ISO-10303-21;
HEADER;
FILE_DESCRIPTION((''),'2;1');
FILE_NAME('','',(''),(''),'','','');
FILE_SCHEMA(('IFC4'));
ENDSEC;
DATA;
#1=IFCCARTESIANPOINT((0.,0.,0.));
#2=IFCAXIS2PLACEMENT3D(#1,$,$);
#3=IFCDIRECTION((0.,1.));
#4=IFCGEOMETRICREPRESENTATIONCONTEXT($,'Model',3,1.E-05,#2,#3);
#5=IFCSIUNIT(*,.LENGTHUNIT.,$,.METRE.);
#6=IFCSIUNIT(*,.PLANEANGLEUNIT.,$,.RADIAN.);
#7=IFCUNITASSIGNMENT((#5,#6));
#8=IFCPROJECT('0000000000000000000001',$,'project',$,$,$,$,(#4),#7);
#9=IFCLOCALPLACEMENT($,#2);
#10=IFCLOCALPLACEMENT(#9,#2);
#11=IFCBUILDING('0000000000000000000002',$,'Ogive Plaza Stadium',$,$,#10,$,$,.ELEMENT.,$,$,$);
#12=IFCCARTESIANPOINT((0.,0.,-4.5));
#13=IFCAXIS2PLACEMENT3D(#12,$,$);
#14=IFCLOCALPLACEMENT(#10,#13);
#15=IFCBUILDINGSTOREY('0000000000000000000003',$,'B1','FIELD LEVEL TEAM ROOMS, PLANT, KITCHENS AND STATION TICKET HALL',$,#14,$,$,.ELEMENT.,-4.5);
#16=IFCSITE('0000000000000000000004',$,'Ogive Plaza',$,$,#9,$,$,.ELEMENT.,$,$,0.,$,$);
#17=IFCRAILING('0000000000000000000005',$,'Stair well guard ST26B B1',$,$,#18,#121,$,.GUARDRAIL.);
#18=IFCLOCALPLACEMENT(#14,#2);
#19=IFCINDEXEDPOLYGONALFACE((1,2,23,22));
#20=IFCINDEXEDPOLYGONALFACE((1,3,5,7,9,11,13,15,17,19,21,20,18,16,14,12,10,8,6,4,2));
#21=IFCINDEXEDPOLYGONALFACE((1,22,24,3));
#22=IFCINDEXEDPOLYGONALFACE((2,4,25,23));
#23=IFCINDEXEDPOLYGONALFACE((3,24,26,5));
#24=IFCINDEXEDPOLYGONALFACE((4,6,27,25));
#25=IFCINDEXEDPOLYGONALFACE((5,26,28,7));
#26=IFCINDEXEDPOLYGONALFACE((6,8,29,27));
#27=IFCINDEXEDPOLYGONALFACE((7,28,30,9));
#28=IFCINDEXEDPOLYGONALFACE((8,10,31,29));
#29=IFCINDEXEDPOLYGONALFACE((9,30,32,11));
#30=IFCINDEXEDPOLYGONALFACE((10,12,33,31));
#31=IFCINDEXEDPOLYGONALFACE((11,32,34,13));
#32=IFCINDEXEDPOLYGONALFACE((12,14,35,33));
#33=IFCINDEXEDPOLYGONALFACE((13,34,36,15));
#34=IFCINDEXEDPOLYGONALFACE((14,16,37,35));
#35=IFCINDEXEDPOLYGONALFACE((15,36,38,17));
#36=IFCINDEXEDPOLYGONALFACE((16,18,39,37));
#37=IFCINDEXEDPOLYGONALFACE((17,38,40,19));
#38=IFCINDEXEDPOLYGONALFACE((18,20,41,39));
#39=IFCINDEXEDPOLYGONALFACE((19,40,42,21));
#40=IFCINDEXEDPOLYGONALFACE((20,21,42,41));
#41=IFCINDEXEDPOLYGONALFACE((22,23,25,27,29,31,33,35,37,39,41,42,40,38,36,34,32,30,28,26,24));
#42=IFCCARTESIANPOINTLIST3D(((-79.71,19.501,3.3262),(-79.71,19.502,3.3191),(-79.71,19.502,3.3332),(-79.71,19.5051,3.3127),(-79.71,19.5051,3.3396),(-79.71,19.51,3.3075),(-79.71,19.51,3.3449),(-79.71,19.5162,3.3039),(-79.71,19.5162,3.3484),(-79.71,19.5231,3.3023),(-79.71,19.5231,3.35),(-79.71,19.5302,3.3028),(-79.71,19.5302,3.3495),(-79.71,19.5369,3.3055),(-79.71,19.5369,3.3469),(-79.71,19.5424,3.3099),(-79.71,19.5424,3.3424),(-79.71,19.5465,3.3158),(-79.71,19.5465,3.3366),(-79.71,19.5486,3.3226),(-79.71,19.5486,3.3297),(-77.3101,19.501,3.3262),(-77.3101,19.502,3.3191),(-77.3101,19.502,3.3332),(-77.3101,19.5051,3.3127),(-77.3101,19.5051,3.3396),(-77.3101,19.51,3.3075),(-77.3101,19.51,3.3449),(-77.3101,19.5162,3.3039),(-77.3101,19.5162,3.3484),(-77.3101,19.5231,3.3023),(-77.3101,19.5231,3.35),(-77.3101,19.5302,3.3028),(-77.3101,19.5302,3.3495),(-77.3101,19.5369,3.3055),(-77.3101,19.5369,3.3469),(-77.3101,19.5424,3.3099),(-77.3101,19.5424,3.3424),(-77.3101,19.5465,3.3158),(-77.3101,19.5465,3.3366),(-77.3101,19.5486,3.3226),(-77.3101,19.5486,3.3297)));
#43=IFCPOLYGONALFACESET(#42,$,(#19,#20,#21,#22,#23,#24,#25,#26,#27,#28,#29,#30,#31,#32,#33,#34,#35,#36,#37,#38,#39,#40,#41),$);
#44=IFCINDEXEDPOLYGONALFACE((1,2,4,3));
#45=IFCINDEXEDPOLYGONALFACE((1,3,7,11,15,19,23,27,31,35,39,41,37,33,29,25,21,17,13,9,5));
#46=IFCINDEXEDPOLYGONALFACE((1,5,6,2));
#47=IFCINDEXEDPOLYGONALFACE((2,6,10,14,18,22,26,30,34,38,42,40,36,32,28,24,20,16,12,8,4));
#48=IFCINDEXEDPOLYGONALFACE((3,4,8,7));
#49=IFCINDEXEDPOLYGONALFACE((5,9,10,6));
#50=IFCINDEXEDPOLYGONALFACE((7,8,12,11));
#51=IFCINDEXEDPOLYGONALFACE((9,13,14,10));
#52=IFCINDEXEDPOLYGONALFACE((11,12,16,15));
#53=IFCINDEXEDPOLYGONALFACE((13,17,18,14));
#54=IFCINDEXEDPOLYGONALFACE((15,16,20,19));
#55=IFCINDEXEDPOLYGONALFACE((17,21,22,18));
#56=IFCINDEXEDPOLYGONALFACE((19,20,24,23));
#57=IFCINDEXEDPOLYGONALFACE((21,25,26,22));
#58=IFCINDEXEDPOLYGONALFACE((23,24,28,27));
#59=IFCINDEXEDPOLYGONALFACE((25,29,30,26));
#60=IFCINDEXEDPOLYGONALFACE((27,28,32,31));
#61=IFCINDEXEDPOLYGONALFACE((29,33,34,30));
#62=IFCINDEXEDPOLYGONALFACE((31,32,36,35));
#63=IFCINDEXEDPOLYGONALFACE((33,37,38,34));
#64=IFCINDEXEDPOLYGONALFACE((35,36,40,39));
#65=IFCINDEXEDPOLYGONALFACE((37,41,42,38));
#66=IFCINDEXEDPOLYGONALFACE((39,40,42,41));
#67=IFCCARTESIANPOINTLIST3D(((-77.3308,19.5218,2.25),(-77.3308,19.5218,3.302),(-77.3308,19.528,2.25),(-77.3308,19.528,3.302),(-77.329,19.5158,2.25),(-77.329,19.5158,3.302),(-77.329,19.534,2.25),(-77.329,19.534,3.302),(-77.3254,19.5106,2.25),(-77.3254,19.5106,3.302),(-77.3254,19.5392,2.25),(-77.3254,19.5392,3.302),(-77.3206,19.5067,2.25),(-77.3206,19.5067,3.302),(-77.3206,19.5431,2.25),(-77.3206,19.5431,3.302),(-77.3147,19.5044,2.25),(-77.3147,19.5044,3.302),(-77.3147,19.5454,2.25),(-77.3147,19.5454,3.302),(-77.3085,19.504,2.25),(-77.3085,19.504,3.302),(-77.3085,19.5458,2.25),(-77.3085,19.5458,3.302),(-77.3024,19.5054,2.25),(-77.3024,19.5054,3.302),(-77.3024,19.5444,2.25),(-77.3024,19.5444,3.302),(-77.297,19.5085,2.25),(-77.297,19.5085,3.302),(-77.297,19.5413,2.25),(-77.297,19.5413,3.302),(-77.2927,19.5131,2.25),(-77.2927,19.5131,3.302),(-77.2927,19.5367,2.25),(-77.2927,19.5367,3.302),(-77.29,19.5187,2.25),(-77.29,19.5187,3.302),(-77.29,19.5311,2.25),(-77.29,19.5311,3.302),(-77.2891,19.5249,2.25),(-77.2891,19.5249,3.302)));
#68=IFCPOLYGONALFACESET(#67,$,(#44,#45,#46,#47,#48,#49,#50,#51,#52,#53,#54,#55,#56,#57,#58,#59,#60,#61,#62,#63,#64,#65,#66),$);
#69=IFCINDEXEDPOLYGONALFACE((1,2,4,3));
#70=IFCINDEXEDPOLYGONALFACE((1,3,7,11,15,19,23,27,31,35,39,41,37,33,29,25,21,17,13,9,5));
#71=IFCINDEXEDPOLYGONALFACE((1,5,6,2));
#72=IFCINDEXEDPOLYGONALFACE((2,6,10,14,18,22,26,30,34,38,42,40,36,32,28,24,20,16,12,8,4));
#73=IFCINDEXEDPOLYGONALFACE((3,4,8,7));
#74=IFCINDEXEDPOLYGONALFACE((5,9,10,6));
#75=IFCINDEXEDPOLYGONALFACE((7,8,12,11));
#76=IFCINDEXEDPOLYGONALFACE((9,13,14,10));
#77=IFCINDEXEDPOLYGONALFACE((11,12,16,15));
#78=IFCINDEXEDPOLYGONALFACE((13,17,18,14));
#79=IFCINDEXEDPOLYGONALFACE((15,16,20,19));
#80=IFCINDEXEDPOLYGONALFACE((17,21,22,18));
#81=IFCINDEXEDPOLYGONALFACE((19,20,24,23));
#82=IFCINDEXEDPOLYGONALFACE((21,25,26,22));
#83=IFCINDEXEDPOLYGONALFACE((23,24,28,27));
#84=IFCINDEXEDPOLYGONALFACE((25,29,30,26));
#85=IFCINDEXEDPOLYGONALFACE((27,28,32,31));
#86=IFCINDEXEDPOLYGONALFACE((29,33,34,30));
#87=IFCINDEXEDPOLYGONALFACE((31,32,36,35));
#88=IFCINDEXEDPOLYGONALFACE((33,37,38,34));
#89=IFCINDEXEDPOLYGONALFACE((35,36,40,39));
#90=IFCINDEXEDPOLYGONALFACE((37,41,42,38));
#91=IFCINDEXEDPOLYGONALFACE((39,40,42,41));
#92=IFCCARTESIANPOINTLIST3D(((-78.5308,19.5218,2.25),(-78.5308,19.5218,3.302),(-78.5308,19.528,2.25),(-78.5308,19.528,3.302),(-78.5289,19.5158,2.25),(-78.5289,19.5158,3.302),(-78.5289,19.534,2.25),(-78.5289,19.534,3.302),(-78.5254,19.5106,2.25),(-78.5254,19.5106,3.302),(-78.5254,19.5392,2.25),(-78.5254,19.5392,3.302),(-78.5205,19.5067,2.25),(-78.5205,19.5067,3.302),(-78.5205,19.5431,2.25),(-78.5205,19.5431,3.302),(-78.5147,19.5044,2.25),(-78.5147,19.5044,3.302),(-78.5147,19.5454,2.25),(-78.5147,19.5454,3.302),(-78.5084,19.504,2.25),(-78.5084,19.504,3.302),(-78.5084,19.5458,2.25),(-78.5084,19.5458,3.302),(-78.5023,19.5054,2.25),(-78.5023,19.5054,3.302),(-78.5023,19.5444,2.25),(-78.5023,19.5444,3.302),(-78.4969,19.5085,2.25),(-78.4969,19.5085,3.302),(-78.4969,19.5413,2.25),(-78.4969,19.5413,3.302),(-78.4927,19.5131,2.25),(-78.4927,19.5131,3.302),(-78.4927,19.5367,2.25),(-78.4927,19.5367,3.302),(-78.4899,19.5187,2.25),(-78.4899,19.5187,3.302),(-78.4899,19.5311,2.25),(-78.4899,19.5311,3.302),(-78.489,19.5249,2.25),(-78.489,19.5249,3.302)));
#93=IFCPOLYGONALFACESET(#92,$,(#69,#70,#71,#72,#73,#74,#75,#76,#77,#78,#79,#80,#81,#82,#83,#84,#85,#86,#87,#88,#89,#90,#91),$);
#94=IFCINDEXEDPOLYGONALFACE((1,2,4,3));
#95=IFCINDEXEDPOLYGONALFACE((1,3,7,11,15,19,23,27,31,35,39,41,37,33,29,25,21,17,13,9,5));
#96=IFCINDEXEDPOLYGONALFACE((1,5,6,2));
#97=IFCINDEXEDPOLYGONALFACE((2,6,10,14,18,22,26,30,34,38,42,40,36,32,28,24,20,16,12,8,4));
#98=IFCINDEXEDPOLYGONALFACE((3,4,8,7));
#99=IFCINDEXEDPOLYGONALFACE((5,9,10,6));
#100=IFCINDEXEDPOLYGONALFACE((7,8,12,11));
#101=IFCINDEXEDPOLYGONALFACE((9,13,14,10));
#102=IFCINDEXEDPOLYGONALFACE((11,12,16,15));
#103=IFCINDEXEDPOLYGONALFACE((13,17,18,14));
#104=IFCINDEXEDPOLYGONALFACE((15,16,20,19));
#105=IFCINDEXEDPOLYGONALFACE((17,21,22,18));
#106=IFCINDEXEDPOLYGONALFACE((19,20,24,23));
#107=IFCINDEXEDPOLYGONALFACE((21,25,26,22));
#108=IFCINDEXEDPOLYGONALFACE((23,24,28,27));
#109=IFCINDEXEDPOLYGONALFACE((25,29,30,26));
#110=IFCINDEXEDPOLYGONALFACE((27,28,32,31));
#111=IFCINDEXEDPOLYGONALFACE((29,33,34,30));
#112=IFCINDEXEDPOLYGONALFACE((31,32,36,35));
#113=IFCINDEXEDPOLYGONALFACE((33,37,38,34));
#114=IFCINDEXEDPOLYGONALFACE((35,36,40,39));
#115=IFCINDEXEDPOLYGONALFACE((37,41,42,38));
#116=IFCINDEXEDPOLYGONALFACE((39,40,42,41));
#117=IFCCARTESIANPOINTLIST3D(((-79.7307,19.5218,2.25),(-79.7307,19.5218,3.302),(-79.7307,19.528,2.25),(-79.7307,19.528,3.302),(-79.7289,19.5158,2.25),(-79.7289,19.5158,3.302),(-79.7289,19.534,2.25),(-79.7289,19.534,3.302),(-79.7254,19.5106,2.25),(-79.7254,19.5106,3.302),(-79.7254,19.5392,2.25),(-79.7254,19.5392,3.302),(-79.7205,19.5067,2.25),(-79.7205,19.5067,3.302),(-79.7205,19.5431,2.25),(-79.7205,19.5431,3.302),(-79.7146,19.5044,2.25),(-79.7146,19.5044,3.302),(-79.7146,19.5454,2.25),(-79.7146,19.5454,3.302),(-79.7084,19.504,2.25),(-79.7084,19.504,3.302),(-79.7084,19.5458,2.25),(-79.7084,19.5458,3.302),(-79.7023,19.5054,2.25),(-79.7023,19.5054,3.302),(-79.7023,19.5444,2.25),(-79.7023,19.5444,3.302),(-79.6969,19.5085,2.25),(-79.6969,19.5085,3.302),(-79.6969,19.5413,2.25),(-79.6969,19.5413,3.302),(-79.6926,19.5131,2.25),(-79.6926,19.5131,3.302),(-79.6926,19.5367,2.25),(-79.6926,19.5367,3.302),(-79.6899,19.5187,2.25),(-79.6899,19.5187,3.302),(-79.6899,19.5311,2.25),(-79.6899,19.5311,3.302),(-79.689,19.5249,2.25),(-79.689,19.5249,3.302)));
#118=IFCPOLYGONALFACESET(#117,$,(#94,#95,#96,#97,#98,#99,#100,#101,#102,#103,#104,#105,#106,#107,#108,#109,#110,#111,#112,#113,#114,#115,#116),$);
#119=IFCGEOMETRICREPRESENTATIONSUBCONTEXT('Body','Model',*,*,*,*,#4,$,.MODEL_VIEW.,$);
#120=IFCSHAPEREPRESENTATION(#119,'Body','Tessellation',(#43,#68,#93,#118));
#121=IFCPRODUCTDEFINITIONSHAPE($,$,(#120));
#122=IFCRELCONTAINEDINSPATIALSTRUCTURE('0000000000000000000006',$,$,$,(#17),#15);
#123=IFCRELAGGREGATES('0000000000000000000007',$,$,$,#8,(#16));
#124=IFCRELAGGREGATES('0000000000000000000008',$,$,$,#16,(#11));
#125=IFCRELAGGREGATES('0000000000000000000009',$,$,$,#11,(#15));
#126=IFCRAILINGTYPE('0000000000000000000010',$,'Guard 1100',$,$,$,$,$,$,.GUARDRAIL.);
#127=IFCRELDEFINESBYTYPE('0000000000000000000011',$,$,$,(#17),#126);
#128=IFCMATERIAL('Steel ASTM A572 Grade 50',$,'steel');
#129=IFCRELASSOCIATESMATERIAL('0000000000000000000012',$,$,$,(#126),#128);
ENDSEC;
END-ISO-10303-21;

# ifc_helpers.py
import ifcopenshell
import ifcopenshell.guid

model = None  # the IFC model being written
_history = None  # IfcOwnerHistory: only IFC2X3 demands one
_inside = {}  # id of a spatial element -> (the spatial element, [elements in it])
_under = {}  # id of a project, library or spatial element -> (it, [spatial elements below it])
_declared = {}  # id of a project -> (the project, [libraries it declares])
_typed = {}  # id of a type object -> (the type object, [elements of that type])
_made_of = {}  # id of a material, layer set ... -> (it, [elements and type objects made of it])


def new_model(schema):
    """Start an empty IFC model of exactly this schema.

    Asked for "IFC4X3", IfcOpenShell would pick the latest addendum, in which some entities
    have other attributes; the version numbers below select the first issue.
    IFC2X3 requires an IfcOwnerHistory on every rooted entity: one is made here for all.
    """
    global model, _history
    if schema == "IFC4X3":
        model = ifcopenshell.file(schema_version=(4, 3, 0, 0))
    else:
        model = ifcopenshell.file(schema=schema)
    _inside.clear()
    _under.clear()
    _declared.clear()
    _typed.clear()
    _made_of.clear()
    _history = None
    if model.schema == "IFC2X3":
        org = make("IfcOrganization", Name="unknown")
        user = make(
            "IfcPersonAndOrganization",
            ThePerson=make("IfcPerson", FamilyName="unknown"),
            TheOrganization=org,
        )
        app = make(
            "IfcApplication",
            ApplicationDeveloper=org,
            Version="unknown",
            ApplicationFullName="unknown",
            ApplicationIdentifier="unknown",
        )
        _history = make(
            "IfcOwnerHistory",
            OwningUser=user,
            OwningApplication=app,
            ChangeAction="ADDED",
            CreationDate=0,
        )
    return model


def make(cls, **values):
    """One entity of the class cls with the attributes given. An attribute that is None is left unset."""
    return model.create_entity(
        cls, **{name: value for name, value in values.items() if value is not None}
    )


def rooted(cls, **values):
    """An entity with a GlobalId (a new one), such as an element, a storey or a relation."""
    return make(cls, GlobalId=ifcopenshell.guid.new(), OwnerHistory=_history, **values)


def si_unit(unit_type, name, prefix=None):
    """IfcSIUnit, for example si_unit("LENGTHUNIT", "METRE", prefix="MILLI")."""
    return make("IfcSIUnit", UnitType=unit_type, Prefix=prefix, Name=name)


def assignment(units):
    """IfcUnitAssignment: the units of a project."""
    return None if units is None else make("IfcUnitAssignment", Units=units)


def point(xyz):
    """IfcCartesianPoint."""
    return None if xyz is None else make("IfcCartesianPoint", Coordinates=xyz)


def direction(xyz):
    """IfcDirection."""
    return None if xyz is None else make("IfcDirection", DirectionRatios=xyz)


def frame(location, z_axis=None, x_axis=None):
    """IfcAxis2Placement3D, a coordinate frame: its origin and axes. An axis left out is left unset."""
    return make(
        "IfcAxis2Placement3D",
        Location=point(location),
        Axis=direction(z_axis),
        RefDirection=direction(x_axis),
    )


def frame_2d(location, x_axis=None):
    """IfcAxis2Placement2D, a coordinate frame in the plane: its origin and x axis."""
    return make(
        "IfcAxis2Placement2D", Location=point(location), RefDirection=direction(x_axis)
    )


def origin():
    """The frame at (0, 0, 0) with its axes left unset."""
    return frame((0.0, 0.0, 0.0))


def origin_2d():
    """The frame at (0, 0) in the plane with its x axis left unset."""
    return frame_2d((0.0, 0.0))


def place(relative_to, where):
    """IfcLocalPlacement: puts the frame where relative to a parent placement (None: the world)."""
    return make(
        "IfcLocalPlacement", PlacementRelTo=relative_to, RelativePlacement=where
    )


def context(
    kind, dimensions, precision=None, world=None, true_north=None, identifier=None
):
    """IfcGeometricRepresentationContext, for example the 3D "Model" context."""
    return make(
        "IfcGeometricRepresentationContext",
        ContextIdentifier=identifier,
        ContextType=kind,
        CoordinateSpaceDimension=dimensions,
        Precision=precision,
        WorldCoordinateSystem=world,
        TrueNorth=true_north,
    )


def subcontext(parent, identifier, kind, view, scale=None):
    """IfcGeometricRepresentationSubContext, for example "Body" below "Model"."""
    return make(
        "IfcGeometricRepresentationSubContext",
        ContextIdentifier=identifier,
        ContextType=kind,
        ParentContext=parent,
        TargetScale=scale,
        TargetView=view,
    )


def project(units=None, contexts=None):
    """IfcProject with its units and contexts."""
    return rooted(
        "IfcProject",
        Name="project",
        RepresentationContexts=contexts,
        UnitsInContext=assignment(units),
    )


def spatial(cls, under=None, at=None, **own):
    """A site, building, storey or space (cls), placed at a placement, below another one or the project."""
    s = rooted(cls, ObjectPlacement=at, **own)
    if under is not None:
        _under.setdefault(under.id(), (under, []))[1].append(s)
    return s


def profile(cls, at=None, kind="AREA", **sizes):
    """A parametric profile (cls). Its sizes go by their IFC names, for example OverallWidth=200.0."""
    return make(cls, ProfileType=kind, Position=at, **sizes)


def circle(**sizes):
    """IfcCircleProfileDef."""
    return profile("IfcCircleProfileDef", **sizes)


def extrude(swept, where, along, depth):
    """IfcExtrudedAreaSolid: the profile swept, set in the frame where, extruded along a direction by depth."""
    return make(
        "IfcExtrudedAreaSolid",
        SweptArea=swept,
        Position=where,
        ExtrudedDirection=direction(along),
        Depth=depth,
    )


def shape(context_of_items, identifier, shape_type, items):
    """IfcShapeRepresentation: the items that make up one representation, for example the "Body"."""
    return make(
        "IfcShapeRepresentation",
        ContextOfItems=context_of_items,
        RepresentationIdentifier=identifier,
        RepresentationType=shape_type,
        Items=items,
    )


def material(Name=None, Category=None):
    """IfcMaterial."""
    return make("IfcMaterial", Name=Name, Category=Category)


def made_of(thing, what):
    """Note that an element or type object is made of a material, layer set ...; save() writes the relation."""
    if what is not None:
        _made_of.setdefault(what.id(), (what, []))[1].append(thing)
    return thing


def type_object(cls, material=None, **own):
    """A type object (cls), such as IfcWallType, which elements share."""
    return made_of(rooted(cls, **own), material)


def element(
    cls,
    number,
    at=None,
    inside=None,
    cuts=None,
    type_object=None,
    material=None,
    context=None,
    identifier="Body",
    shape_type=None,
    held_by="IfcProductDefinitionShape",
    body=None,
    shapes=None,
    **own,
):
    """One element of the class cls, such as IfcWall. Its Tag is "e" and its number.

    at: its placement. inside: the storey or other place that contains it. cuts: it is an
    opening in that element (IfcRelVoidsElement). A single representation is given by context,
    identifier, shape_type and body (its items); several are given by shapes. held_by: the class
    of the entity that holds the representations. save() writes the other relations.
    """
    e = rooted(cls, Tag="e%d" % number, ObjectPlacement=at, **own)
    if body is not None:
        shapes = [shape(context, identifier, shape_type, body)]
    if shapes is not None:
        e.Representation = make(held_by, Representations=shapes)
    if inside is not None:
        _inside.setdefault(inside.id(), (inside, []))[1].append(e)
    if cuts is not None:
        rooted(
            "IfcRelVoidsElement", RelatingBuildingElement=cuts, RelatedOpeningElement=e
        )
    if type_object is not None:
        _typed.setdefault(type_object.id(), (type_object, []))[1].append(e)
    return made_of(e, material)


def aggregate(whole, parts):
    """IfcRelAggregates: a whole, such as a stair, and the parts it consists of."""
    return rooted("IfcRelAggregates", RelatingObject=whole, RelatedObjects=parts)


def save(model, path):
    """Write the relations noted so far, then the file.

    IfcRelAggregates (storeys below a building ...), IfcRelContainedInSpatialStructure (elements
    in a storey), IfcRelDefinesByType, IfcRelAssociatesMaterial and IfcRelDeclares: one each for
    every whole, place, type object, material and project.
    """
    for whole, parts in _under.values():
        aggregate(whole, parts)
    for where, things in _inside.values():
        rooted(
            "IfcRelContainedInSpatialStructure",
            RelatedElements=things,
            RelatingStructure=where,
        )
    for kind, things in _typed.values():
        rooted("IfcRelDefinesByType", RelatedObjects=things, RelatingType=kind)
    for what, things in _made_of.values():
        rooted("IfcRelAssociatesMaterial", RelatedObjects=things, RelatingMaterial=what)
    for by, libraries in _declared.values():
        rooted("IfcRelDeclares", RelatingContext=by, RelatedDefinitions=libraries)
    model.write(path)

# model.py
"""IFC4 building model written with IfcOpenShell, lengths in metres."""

from ifc_helpers import new_model, si_unit, direction, frame, origin, origin_2d, place, context, subcontext, project, spatial, circle, extrude, material, type_object, element, save


model = new_model("IFC4")

# Units and contexts
model_context = context("Model", 3, precision=1e-05, world=origin(), true_north=direction((0.0, 1.0)))
body_context = subcontext(model_context, "Body", "Model", "MODEL_VIEW")
ifc_project = project(units=[si_unit("LENGTHUNIT", "METRE"), si_unit("PLANEANGLEUNIT", "RADIAN")], contexts=[model_context])

# Site, building, storey
site_placement = place(None, origin())
site = spatial("IfcSite", under=ifc_project, at=site_placement, Name="Ogive Plaza", CompositionType="ELEMENT", RefElevation=0.0)
building_placement = place(site_placement, origin())
building = spatial("IfcBuilding", under=site, at=building_placement, Name="Ogive Plaza Stadium", CompositionType="ELEMENT")
storey_placement = place(building_placement, frame((0.0, 0.0, -4.5)))
storey = spatial("IfcBuildingStorey", under=building, at=storey_placement, Name="B1", Description="FIELD LEVEL TEAM ROOMS, PLANT, KITCHENS AND STATION TICKET HALL", CompositionType="ELEMENT", Elevation=-4.5)

# Railing
ifc_material_1 = material(Name="Steel ASTM A572 Grade 50", Category="steel")
railing_type_1 = type_object("IfcRailingType", Name="Guard 1100", PredefinedType="GUARDRAIL", material=ifc_material_1)
railing_1_placement = place(storey_placement, frame((-77.3101, 19.5249, 2.25)))
element("IfcRailing", 1, at=railing_1_placement, inside=storey, type_object=railing_type_1, Name="Stair well guard ST26B B1", PredefinedType="GUARDRAIL", context=body_context, shape_type="SweptSolid", body=[
    extrude(circle(Radius=0.0239, at=origin_2d()), frame((0.0, 0.0, 1.0762), z_axis=(-1.0, 0.0, 0.0), x_axis=(0.0, -1.0, 0.0)), (0.0, 0.0, 1.0), 2.3999),
    extrude(circle(Radius=0.021, at=origin_2d()), origin(), (0.0, 0.0, 1.0), 1.052),
    extrude(circle(Radius=0.021, at=origin_2d()), frame((-1.2, 0.0, 0.0)), (0.0, 0.0, 1.0), 1.052),
    extrude(circle(Radius=0.021, at=origin_2d()), frame((-2.3999, 0.0, 0.0)), (0.0, 0.0, 1.0), 1.052),
])

save(model, "model.ifc")
